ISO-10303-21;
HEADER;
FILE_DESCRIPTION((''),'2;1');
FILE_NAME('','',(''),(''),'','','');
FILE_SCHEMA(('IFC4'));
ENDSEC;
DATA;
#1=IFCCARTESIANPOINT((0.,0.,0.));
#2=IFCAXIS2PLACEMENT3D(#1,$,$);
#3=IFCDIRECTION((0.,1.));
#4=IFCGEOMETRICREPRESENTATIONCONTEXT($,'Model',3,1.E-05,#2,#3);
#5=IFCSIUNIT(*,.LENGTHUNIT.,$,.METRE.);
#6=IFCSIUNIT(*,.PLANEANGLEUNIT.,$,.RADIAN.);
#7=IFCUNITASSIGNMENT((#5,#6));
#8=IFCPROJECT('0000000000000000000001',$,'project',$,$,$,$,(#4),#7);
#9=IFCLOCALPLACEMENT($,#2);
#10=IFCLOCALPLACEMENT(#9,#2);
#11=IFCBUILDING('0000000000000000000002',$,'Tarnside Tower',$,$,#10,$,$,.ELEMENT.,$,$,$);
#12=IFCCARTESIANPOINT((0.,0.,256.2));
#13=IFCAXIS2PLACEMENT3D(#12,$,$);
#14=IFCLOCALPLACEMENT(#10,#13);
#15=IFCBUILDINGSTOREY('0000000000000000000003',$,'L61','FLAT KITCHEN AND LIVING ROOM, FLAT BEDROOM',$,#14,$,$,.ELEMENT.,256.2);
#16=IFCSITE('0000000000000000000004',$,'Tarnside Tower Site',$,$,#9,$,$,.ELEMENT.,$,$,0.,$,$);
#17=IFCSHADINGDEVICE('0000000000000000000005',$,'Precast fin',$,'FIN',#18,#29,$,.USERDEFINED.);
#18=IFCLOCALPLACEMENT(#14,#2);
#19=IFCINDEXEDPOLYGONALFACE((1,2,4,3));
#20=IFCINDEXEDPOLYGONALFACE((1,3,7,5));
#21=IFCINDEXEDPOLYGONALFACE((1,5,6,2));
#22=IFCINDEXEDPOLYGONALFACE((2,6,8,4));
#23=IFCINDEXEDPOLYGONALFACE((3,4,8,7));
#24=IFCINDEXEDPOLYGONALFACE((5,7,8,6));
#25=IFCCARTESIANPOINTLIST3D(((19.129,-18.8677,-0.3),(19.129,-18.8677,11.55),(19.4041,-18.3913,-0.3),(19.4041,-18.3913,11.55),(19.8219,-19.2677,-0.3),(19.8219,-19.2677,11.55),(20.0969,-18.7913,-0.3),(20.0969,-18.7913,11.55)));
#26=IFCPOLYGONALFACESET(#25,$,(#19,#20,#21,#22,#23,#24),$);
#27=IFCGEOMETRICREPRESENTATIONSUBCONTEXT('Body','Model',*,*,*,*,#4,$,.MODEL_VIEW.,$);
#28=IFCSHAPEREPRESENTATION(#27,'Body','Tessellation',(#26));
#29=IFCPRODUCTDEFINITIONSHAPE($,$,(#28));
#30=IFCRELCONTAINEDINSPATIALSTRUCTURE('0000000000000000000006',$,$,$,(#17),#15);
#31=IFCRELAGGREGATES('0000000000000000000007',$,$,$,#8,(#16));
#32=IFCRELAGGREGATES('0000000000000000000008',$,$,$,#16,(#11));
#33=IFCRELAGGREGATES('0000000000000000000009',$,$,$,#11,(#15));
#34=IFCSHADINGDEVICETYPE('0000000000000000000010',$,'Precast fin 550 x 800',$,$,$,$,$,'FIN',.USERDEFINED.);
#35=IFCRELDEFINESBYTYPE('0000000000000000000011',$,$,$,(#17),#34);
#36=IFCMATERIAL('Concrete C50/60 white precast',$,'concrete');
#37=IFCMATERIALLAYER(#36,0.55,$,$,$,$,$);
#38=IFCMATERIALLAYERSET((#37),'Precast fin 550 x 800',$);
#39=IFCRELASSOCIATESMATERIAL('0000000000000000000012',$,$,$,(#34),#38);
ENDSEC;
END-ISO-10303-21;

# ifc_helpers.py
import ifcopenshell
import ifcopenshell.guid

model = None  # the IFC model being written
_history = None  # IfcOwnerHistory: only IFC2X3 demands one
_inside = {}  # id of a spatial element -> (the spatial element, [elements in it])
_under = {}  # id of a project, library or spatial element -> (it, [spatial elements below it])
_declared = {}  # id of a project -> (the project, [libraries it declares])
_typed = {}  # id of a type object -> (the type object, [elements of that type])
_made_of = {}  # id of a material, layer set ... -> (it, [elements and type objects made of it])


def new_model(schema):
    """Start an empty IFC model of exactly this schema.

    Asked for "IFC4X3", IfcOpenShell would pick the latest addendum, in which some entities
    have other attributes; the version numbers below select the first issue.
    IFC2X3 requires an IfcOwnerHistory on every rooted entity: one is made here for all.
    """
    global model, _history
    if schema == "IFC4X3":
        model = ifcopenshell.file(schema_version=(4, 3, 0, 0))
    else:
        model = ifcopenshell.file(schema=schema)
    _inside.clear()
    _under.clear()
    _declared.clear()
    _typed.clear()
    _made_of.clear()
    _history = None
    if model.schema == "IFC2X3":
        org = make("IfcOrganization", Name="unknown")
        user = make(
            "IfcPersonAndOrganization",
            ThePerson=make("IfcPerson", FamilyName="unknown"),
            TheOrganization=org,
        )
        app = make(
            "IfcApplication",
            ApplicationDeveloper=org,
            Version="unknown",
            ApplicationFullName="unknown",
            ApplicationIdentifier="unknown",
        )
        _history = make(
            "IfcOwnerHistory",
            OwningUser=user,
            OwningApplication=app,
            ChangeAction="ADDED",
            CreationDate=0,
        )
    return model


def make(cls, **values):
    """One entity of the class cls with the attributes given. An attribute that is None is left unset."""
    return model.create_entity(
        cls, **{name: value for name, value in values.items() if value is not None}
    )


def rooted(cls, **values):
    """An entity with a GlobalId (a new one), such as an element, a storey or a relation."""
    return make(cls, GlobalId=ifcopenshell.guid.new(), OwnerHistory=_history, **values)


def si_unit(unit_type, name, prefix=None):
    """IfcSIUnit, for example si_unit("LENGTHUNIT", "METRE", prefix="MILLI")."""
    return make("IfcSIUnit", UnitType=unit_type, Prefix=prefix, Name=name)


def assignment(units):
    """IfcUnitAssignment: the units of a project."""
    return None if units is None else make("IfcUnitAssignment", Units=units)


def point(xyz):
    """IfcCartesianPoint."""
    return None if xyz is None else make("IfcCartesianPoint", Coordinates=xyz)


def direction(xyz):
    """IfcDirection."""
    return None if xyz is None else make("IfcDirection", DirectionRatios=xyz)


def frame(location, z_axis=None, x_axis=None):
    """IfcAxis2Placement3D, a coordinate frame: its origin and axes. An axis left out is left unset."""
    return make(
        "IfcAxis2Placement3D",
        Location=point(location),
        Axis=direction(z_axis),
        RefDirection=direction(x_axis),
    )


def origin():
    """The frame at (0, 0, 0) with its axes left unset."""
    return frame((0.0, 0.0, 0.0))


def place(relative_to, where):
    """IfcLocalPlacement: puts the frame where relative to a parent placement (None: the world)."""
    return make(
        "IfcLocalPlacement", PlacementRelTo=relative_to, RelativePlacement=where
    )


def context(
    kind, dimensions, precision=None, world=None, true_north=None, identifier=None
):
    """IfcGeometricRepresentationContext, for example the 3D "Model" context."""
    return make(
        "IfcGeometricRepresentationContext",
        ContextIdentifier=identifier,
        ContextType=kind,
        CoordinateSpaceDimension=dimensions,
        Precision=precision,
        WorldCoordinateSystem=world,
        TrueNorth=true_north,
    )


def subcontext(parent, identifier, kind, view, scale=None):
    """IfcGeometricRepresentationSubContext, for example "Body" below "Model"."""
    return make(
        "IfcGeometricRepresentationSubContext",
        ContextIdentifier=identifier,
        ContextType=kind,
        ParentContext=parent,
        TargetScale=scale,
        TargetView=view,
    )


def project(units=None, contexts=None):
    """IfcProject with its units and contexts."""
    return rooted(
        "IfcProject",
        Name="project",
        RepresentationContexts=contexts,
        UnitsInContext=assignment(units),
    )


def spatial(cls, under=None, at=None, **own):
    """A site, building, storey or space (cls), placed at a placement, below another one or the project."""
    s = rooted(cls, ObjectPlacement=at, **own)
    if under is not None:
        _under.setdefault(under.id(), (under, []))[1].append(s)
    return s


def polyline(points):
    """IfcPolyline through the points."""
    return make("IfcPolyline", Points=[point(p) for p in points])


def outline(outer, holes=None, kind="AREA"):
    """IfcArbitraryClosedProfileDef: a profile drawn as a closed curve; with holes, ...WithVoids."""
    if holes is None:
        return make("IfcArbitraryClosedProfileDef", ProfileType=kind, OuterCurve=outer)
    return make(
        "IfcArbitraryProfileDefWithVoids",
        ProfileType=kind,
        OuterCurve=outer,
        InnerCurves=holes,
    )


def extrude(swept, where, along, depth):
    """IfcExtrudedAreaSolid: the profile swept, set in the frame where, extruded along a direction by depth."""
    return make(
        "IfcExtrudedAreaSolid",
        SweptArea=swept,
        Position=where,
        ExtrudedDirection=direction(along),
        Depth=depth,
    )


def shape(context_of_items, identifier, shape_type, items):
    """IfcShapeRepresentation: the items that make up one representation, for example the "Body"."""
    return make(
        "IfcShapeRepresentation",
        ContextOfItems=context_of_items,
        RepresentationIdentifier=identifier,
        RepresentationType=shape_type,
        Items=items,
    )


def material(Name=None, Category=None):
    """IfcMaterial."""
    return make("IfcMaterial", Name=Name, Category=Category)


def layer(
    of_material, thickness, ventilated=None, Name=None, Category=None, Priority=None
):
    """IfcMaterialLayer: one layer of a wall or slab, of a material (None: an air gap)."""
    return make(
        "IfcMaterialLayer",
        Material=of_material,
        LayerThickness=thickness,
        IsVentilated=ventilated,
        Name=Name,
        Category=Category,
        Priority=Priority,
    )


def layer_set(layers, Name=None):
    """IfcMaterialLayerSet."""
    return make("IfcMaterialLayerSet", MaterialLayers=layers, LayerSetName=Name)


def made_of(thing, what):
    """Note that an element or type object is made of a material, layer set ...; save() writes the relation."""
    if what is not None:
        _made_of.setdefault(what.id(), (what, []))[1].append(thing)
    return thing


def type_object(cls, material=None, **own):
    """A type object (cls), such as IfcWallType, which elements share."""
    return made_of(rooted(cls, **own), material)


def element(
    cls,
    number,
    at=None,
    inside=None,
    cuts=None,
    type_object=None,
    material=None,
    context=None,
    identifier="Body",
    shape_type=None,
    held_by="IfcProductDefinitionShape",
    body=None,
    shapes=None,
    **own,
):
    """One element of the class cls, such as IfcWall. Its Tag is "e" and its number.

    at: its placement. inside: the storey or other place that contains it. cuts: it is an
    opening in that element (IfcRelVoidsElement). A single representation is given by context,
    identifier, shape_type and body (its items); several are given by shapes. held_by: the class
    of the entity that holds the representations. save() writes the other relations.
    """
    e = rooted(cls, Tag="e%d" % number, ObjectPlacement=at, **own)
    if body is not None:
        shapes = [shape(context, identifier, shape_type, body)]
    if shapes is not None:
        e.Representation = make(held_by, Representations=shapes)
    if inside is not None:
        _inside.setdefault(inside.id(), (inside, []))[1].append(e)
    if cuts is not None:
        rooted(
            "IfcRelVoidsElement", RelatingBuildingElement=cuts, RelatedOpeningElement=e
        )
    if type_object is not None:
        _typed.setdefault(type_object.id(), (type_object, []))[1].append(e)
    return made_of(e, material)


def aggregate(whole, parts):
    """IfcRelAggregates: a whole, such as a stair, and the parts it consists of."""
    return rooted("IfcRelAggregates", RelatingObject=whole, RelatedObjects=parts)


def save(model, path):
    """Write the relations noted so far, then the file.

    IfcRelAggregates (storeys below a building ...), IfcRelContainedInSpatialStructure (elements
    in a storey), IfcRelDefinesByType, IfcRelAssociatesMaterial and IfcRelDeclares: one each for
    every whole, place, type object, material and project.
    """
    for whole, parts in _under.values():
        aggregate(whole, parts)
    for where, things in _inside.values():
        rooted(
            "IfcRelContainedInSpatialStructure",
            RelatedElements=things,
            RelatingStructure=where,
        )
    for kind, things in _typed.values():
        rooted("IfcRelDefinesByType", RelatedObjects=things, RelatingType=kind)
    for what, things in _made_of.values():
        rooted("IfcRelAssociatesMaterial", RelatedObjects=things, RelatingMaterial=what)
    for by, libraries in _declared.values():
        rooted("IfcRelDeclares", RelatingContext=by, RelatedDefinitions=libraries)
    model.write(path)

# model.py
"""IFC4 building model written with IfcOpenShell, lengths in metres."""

from ifc_helpers import new_model, si_unit, direction, frame, origin, place, context, subcontext, project, spatial, polyline, outline, extrude, material, layer, layer_set, type_object, element, save


model = new_model("IFC4")

# Units and contexts
model_context = context("Model", 3, precision=1e-05, world=origin(), true_north=direction((0.0, 1.0)))
body_context = subcontext(model_context, "Body", "Model", "MODEL_VIEW")
ifc_project = project(units=[si_unit("LENGTHUNIT", "METRE"), si_unit("PLANEANGLEUNIT", "RADIAN")], contexts=[model_context])

# Site, building, storey
site_placement = place(None, origin())
site = spatial("IfcSite", under=ifc_project, at=site_placement, Name="Tarnside Tower Site", CompositionType="ELEMENT", RefElevation=0.0)
building_placement = place(site_placement, origin())
building = spatial("IfcBuilding", under=site, at=building_placement, Name="Tarnside Tower", CompositionType="ELEMENT")
storey_placement = place(building_placement, frame((0.0, 0.0, 256.2)))
storey = spatial("IfcBuildingStorey", under=building, at=storey_placement, Name="L61", Description="FLAT KITCHEN AND LIVING ROOM, FLAT BEDROOM", CompositionType="ELEMENT", Elevation=256.2)

# Shading device
ifc_material_1 = material(Name="Concrete C50/60 white precast", Category="concrete")
ifc_layer_1 = layer(ifc_material_1, 0.55)
ifc_layer_set_1 = layer_set([ifc_layer_1], Name="Precast fin 550 x 800")
shading_device_type_1 = type_object("IfcShadingDeviceType", Name="Precast fin 550 x 800", ElementType="FIN", PredefinedType="USERDEFINED", material=ifc_layer_set_1)
for number, where, z_axis, x_axis, name in (
    (1, (19.2666, -18.6294, -0.3), (-0.5, -0.866025, 0.0), (0.866025, -0.5, 0.0), "Precast fin"),
):
    element("IfcShadingDevice", number, at=place(storey_placement, frame(where, z_axis=z_axis, x_axis=x_axis)), inside=storey, type_object=shading_device_type_1, Name=name, ObjectType="FIN", PredefinedType="USERDEFINED", context=body_context, shape_type="SweptSolid", body=[
        extrude(outline(polyline([(0.0, 0.0), (0.8, 0.0), (0.8, 11.8501), (0.0, 11.8501), (0.0, 0.0)])), frame((0.0, 0.0, -0.2749)), (0.0, 0.0, 1.0), 0.55),
    ])

save(model, "model.ifc")
